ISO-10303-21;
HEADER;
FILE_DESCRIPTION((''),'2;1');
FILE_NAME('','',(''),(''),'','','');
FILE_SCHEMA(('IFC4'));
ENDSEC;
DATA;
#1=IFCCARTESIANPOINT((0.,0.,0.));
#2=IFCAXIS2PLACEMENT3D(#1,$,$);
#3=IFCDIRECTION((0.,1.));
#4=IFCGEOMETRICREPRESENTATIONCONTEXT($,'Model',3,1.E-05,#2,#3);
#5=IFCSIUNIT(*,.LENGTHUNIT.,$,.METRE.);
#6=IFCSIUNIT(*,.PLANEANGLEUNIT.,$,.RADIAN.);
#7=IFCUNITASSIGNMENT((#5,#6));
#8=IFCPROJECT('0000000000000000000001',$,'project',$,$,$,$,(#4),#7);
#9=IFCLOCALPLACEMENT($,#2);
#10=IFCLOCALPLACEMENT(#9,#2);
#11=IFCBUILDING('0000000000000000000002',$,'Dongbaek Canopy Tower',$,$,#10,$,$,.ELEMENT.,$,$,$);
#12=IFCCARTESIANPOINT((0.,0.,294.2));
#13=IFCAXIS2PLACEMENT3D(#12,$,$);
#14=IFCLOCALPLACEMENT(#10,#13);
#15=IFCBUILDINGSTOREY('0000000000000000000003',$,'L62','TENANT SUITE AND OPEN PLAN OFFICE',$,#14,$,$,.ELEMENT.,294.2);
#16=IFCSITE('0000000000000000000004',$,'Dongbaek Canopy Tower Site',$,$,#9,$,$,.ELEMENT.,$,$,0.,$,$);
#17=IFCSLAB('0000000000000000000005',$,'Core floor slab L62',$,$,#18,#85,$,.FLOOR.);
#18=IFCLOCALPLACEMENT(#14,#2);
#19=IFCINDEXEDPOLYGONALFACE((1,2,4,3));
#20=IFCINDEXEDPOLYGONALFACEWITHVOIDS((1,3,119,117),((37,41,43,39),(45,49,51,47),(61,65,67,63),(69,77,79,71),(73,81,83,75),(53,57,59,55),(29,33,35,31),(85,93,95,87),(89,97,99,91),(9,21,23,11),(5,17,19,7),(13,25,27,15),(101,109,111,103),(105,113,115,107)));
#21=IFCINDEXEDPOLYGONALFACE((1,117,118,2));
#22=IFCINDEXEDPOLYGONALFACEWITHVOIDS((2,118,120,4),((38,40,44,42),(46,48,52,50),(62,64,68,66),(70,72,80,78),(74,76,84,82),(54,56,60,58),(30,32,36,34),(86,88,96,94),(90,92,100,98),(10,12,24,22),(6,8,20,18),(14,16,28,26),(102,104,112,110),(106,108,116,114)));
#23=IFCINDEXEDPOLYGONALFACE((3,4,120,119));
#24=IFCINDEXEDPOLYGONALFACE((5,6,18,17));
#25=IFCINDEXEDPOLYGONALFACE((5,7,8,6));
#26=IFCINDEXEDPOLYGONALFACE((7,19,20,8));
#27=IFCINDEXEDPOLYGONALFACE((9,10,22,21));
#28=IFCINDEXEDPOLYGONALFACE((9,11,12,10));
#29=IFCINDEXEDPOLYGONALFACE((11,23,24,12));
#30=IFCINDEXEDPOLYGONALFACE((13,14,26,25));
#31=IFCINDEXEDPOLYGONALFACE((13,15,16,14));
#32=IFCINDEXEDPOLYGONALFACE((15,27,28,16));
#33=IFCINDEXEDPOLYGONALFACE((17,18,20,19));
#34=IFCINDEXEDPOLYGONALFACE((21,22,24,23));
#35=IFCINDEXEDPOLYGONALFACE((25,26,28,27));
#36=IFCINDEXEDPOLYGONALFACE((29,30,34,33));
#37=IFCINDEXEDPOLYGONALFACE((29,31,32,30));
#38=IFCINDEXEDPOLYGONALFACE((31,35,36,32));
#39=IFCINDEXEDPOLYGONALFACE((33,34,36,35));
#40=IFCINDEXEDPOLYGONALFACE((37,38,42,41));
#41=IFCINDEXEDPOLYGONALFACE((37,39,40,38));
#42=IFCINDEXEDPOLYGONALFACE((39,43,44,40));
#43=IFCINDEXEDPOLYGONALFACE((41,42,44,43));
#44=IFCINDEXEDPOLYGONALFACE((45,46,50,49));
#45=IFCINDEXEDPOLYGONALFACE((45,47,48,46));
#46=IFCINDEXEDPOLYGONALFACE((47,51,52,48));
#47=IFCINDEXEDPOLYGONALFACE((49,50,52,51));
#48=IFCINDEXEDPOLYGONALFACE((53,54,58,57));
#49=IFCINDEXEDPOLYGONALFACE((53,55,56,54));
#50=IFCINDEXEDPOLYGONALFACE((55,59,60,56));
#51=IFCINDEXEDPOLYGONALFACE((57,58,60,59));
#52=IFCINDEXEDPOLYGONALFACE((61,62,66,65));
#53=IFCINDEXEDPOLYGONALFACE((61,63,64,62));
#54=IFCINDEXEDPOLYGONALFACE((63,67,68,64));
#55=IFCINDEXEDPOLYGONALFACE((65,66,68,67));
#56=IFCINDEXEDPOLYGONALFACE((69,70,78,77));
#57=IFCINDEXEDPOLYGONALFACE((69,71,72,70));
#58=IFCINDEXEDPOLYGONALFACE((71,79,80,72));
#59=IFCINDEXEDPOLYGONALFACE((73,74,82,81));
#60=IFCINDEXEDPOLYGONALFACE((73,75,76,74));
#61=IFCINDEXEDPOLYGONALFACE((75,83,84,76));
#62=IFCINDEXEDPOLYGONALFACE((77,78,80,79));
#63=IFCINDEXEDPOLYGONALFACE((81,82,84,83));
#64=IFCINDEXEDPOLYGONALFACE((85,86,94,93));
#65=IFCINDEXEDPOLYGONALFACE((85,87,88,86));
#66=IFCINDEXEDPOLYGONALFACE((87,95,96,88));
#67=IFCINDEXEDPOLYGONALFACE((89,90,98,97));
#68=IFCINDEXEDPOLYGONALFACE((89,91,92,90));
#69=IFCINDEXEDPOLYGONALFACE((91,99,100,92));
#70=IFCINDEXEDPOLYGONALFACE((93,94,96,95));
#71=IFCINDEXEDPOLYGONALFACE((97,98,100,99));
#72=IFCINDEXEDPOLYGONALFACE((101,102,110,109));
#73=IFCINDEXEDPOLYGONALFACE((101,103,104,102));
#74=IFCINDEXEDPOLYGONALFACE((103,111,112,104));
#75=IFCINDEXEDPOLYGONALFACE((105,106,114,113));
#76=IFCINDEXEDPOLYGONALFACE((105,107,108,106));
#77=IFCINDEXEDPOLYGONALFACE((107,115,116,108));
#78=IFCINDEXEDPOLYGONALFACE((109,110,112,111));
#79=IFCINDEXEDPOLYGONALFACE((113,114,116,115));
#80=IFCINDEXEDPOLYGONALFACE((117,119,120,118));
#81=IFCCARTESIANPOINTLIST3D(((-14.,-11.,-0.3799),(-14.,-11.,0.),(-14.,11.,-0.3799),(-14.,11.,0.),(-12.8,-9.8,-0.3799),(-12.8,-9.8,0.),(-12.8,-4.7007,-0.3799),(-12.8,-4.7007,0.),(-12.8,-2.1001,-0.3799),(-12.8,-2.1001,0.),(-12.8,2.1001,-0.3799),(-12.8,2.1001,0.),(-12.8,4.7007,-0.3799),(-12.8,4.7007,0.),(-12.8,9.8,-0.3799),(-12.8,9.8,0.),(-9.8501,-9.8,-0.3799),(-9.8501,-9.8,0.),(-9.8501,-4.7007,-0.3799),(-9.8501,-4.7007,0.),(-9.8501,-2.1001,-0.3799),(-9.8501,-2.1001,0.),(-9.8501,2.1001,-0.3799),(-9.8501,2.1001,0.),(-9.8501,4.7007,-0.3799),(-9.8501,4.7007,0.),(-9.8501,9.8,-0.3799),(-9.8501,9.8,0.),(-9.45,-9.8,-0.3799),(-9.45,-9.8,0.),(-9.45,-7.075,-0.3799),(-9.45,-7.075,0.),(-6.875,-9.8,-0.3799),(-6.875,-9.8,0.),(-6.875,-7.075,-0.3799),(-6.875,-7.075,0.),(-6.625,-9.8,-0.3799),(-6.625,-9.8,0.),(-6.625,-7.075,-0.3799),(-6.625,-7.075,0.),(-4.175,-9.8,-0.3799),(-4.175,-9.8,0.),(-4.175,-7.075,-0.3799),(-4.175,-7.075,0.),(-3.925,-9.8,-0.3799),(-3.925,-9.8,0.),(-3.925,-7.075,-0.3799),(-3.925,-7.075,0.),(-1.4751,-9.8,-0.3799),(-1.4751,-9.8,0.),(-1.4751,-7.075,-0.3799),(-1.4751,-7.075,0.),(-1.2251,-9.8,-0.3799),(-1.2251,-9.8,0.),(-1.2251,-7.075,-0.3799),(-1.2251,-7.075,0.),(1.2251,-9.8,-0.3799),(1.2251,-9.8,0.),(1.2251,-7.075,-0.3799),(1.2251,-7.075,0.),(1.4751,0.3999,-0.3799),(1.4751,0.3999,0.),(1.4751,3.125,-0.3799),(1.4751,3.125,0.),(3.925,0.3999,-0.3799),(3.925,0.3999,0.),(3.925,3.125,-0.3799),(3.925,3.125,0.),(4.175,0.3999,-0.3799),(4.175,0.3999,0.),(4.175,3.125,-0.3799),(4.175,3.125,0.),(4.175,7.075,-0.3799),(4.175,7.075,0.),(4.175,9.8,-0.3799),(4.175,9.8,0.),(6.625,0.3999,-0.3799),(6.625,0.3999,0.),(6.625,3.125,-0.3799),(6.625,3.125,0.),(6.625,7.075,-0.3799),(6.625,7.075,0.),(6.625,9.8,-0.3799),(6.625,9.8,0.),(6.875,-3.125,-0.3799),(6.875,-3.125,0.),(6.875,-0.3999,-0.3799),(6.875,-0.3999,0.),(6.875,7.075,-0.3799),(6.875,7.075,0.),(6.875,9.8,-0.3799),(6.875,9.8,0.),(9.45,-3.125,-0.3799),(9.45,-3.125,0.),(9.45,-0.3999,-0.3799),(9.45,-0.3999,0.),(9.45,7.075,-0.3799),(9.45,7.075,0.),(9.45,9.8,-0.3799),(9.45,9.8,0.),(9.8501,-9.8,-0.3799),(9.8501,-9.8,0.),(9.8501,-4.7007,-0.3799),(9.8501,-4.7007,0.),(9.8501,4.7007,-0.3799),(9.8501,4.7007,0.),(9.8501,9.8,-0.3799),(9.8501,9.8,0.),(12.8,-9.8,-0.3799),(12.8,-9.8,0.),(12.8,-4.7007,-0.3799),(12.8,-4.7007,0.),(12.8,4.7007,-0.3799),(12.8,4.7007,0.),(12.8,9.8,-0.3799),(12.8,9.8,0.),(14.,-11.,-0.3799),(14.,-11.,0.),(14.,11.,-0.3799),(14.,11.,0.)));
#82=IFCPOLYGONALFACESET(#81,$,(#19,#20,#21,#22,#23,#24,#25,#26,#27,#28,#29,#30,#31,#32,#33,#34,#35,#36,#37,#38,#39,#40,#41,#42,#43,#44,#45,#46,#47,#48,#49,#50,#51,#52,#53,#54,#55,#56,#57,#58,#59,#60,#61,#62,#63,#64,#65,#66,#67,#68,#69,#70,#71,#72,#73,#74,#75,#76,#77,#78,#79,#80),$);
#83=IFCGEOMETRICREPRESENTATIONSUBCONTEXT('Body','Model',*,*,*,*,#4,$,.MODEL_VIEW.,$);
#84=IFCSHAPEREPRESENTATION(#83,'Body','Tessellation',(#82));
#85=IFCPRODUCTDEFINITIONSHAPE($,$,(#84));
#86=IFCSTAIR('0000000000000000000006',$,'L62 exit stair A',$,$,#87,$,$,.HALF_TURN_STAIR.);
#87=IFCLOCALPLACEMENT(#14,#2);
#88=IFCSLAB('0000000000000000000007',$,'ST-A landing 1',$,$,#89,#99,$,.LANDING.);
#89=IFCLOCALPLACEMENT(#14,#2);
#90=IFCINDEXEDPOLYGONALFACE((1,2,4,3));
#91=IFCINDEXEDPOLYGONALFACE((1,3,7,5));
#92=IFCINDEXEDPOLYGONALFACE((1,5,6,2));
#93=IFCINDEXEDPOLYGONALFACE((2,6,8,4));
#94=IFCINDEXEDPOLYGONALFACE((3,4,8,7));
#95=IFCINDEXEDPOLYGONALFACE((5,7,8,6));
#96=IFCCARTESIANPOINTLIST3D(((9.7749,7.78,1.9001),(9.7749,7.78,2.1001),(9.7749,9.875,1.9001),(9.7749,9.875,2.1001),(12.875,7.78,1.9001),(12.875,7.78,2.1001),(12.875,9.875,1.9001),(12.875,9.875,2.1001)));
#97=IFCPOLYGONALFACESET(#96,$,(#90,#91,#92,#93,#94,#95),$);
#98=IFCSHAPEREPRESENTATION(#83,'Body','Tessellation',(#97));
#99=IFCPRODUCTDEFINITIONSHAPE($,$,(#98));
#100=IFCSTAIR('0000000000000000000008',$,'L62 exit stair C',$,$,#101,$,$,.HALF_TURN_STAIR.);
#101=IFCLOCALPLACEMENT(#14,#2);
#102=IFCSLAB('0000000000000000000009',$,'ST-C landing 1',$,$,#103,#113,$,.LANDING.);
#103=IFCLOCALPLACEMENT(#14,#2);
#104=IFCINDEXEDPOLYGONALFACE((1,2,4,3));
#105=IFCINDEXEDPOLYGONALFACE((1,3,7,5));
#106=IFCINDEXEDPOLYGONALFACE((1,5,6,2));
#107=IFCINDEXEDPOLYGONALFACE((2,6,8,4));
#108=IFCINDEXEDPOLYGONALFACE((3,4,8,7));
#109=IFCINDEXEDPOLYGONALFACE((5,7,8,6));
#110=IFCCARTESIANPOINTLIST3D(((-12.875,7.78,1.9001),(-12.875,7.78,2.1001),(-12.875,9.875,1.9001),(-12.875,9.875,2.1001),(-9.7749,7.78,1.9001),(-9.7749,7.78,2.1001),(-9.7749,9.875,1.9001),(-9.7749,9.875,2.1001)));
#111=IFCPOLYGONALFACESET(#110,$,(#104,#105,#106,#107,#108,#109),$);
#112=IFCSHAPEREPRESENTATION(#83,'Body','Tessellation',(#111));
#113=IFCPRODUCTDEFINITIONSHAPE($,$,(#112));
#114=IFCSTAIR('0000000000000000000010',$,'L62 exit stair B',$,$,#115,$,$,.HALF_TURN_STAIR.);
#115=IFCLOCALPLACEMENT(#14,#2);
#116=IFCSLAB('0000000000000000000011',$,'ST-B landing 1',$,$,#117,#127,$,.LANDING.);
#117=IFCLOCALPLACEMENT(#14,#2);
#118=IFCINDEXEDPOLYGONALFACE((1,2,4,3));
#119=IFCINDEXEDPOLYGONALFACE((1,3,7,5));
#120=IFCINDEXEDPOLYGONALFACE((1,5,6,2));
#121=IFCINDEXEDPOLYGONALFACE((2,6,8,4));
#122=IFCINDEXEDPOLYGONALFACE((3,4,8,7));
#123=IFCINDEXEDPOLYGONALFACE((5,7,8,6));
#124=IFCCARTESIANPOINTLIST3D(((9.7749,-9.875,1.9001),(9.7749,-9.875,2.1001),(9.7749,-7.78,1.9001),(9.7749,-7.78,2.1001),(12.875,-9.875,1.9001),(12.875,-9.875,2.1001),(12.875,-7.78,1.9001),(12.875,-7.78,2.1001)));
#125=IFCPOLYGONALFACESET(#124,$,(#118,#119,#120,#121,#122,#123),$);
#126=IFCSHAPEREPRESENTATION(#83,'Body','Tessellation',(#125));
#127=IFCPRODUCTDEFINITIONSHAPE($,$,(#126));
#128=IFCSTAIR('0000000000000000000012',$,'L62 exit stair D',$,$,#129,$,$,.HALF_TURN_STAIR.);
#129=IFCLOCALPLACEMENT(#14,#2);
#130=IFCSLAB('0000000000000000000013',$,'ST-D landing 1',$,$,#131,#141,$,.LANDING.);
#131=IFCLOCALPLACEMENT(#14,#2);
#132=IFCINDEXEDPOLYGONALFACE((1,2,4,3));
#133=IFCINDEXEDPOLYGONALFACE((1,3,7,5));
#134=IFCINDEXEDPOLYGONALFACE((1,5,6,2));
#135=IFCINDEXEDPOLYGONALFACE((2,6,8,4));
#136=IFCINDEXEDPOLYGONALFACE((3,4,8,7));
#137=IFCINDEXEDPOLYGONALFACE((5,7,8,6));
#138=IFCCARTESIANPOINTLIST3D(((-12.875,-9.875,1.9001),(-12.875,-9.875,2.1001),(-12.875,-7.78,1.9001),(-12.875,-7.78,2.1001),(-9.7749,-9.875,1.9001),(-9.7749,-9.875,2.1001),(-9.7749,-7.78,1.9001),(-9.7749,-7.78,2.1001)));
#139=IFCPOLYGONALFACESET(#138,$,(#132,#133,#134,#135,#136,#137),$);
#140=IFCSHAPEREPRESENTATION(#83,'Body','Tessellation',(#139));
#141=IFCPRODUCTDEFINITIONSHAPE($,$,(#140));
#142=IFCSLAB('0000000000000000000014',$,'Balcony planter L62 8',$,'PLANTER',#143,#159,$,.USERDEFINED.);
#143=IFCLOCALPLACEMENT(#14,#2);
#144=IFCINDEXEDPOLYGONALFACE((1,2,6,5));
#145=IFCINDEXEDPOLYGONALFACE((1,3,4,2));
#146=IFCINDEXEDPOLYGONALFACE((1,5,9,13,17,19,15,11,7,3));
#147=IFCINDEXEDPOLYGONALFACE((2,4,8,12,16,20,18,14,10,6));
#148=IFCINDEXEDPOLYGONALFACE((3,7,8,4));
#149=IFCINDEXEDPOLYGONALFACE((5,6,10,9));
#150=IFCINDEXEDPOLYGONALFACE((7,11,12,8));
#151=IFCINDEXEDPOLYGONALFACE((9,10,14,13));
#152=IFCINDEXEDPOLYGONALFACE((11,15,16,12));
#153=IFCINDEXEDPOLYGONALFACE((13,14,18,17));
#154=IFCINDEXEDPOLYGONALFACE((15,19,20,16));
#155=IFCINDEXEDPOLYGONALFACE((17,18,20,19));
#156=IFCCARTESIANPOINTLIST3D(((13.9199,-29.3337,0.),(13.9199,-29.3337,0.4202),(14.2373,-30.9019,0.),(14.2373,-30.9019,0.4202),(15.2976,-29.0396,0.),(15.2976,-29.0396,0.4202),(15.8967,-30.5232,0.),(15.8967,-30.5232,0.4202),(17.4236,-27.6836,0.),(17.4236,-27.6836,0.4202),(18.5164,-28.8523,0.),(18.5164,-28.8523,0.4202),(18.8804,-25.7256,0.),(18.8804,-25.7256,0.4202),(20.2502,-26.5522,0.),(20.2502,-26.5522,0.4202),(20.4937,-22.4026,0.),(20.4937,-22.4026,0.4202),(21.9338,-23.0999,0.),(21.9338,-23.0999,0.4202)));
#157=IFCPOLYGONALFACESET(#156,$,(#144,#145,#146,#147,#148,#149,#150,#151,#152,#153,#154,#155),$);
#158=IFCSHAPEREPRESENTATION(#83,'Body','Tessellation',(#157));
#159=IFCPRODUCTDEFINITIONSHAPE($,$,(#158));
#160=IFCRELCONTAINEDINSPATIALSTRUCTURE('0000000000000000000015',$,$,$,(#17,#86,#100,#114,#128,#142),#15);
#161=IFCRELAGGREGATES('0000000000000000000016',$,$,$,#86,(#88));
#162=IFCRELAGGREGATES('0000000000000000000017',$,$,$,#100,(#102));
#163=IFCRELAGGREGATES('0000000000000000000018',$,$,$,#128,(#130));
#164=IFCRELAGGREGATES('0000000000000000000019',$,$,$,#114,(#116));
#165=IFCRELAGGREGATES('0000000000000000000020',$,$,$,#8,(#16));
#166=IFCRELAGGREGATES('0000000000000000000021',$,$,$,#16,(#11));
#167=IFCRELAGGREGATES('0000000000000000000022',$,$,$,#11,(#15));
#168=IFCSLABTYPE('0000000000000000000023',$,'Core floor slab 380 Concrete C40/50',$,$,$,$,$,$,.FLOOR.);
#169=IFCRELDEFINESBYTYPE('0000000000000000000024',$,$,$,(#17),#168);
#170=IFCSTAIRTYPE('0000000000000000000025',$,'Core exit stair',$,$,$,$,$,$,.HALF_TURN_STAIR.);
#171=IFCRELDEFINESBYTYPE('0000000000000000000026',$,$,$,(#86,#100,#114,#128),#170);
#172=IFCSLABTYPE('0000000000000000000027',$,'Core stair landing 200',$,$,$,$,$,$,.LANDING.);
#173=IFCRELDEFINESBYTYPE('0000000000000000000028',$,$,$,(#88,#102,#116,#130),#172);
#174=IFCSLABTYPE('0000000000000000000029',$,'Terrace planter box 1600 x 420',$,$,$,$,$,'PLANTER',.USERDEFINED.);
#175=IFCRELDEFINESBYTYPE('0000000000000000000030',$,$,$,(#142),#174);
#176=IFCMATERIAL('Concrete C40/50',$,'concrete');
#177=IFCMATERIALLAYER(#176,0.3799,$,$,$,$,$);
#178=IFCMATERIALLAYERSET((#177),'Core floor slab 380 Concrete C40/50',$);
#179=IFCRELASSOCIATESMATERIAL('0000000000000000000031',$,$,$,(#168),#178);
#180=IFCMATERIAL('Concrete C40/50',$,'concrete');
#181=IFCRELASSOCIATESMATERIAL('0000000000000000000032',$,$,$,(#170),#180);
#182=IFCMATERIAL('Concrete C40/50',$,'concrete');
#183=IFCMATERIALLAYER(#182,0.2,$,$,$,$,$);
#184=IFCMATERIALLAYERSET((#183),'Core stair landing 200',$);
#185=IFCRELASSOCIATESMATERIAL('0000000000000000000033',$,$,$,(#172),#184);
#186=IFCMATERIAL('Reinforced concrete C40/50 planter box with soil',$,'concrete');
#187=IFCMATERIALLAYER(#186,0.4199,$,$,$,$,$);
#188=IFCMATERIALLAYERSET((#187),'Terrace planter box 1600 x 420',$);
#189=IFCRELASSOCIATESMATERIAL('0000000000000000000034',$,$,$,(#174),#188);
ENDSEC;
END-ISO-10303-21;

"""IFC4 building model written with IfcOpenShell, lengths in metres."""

from ifc_helpers import new_model, si_unit, direction, frame, origin, place, context, subcontext, project, spatial, polyline, outline, extrude, material, layer, layer_set, type_object, element, aggregate, save


model = new_model("IFC4")

# Units and contexts
model_context = context("Model", 3, precision=1e-05, world=origin(), true_north=direction((0.0, 1.0)))
body_context = subcontext(model_context, "Body", "Model", "MODEL_VIEW")
ifc_project = project(units=[si_unit("LENGTHUNIT", "METRE"), si_unit("PLANEANGLEUNIT", "RADIAN")], contexts=[model_context])

# Site, building, storey
site_placement = place(None, origin())
site = spatial("IfcSite", under=ifc_project, at=site_placement, Name="Dongbaek Canopy Tower Site", CompositionType="ELEMENT", RefElevation=0.0)
building_placement = place(site_placement, origin())
building = spatial("IfcBuilding", under=site, at=building_placement, Name="Dongbaek Canopy Tower", CompositionType="ELEMENT")
storey_placement = place(building_placement, frame((0.0, 0.0, 294.2)))
storey = spatial("IfcBuildingStorey", under=building, at=storey_placement, Name="L62", Description="TENANT SUITE AND OPEN PLAN OFFICE", CompositionType="ELEMENT", Elevation=294.2)

# Slab
ifc_material_1 = material(Name="Concrete C40/50", Category="concrete")
ifc_layer_1 = layer(ifc_material_1, 0.3799)
ifc_layer_set_1 = layer_set([ifc_layer_1], Name="Core floor slab 380 Concrete C40/50")
slab_type_1 = type_object("IfcSlabType", Name="Core floor slab 380 Concrete C40/50", PredefinedType="FLOOR", material=ifc_layer_set_1)
slab_1_placement = place(storey_placement, frame((0.0, 0.0, -0.3799)))
element("IfcSlab", 1, at=slab_1_placement, inside=storey, type_object=slab_type_1, Name="Core floor slab L62", PredefinedType="FLOOR", context=body_context, shape_type="SweptSolid", body=[
    extrude(outline(polyline([(14.0, -11.0), (14.0, 11.0), (-14.0, 11.0), (-14.0, -11.0), (14.0, -11.0)]), holes=[polyline([(-12.8, 2.1001), (-9.8501, 2.1001), (-9.8501, -2.1001), (-12.8, -2.1001), (-12.8, 2.1001)]), polyline([(6.625, 9.8), (6.625, 7.075), (4.175, 7.075), (4.175, 9.8), (6.625, 9.8)]), polyline([(9.45, 7.075), (6.875, 7.075), (6.875, 9.8), (9.45, 9.8), (9.45, 7.075)]), polyline([(1.4751, 0.3999), (1.4751, 3.125), (3.925, 3.125), (3.925, 0.3999), (1.4751, 0.3999)]), polyline([(4.175, 0.3999), (4.175, 3.125), (6.625, 3.125), (6.625, 0.3999), (4.175, 0.3999)]), polyline([(9.45, -3.125), (6.875, -3.125), (6.875, -0.3999), (9.45, -0.3999), (9.45, -3.125)]), polyline([(-9.45, -7.075), (-6.875, -7.075), (-6.875, -9.8), (-9.45, -9.8), (-9.45, -7.075)]), polyline([(-6.625, -9.8), (-6.625, -7.075), (-4.175, -7.075), (-4.175, -9.8), (-6.625, -9.8)]), polyline([(-3.925, -9.8), (-3.925, -7.075), (-1.4751, -7.075), (-1.4751, -9.8), (-3.925, -9.8)]), polyline([(-1.2251, -9.8), (-1.2251, -7.075), (1.2251, -7.075), (1.2251, -9.8), (-1.2251, -9.8)]), polyline([(12.8, 4.7007), (12.8, 9.8), (9.8501, 9.8), (9.8501, 4.7007), (12.8, 4.7007)]), polyline([(-9.8501, 4.7007), (-9.8501, 9.8), (-12.8, 9.8), (-12.8, 4.7007), (-9.8501, 4.7007)]), polyline([(9.8501, -4.7007), (9.8501, -9.8), (12.8, -9.8), (12.8, -4.7007), (9.8501, -4.7007)]), polyline([(-12.8, -4.7007), (-12.8, -9.8), (-9.8501, -9.8), (-9.8501, -4.7007), (-12.8, -4.7007)])]), origin(), (0.0, 0.0, 1.0), 0.3799),
])

# Stairs, slabs
ifc_material_2 = material(Name="Concrete C40/50", Category="concrete")
stair_type = type_object("IfcStairType", Name="Core exit stair", PredefinedType="HALF_TURN_STAIR", material=ifc_material_2)
stair_1_placement = place(storey_placement, origin())
stair_1 = element("IfcStair", 2, at=stair_1_placement, inside=storey, type_object=stair_type, Name="L62 exit stair A", PredefinedType="HALF_TURN_STAIR")
ifc_material_3 = material(Name="Concrete C40/50", Category="concrete")
ifc_layer_2 = layer(ifc_material_3, 0.2)
ifc_layer_set_2 = layer_set([ifc_layer_2], Name="Core stair landing 200")
slab_type_2 = type_object("IfcSlabType", Name="Core stair landing 200", PredefinedType="LANDING", material=ifc_layer_set_2)
slab_2_placement = place(storey_placement, frame((0.0, 0.0, 1.9001)))
slab_2 = element("IfcSlab", 3, at=slab_2_placement, type_object=slab_type_2, Name="ST-A landing 1", PredefinedType="LANDING", context=body_context, shape_type="SweptSolid", body=[
    extrude(outline(polyline([(12.875, 7.78), (12.875, 9.875), (9.7749, 9.875), (9.7749, 7.78), (12.875, 7.78)])), origin(), (0.0, 0.0, 1.0), 0.2),
])
aggregate(stair_1, [slab_2])
stair_2_placement = place(storey_placement, origin())
stair_2 = element("IfcStair", 4, at=stair_2_placement, inside=storey, type_object=stair_type, Name="L62 exit stair C", PredefinedType="HALF_TURN_STAIR")
slab_3_placement = place(storey_placement, frame((0.0, 0.0, 1.9001)))
slab_3 = element("IfcSlab", 5, at=slab_3_placement, type_object=slab_type_2, Name="ST-C landing 1", PredefinedType="LANDING", context=body_context, shape_type="SweptSolid", body=[
    extrude(outline(polyline([(-9.7749, 7.78), (-9.7749, 9.875), (-12.875, 9.875), (-12.875, 7.78), (-9.7749, 7.78)])), origin(), (0.0, 0.0, 1.0), 0.2),
])
aggregate(stair_2, [slab_3])
stair_3_placement = place(storey_placement, origin())
stair_3 = element("IfcStair", 6, at=stair_3_placement, inside=storey, type_object=stair_type, Name="L62 exit stair B", PredefinedType="HALF_TURN_STAIR")
slab_4_placement = place(storey_placement, frame((0.0, 0.0, 1.9001)))
slab_4 = element("IfcSlab", 7, at=slab_4_placement, type_object=slab_type_2, Name="ST-B landing 1", PredefinedType="LANDING", context=body_context, shape_type="SweptSolid", body=[
    extrude(outline(polyline([(9.7749, -7.78), (9.7749, -9.875), (12.875, -9.875), (12.875, -7.78), (9.7749, -7.78)])), origin(), (0.0, 0.0, 1.0), 0.2),
])
stair_4_placement = place(storey_placement, origin())
stair_4 = element("IfcStair", 8, at=stair_4_placement, inside=storey, type_object=stair_type, Name="L62 exit stair D", PredefinedType="HALF_TURN_STAIR")
slab_5_placement = place(storey_placement, frame((0.0, 0.0, 1.9001)))
slab_5 = element("IfcSlab", 9, at=slab_5_placement, type_object=slab_type_2, Name="ST-D landing 1", PredefinedType="LANDING", context=body_context, shape_type="SweptSolid", body=[
    extrude(outline(polyline([(-12.875, -7.78), (-12.875, -9.875), (-9.7749, -9.875), (-9.7749, -7.78), (-12.875, -7.78)])), origin(), (0.0, 0.0, 1.0), 0.2),
])
aggregate(stair_4, [slab_5])

# Slab
ifc_material_4 = material(Name="Reinforced concrete C40/50 planter box with soil", Category="concrete")
ifc_layer_3 = layer(ifc_material_4, 0.4199)
ifc_layer_set_3 = layer_set([ifc_layer_3], Name="Terrace planter box 1600 x 420")
slab_type_3 = type_object("IfcSlabType", Name="Terrace planter box 1600 x 420", ElementType="PLANTER", PredefinedType="USERDEFINED", material=ifc_layer_set_3)
slab_6_placement = place(storey_placement, origin())
element("IfcSlab", 10, at=slab_6_placement, inside=storey, type_object=slab_type_3, Name="Balcony planter L62 8", ObjectType="PLANTER", PredefinedType="USERDEFINED", context=body_context, shape_type="SweptSolid", body=[
    extrude(outline(polyline([(13.9199, -29.3337), (15.2976, -29.0396), (17.4236, -27.6836), (18.8804, -25.7256), (20.4937, -22.4026), (21.9338, -23.0999), (20.2502, -26.5522), (18.5164, -28.8523), (15.8967, -30.5232), (14.2373, -30.9019), (13.9199, -29.3337)])), origin(), (0.0, 0.0, 1.0), 0.4202),
])

aggregate(stair_3, [slab_4])

save(model, "model.ifc")
